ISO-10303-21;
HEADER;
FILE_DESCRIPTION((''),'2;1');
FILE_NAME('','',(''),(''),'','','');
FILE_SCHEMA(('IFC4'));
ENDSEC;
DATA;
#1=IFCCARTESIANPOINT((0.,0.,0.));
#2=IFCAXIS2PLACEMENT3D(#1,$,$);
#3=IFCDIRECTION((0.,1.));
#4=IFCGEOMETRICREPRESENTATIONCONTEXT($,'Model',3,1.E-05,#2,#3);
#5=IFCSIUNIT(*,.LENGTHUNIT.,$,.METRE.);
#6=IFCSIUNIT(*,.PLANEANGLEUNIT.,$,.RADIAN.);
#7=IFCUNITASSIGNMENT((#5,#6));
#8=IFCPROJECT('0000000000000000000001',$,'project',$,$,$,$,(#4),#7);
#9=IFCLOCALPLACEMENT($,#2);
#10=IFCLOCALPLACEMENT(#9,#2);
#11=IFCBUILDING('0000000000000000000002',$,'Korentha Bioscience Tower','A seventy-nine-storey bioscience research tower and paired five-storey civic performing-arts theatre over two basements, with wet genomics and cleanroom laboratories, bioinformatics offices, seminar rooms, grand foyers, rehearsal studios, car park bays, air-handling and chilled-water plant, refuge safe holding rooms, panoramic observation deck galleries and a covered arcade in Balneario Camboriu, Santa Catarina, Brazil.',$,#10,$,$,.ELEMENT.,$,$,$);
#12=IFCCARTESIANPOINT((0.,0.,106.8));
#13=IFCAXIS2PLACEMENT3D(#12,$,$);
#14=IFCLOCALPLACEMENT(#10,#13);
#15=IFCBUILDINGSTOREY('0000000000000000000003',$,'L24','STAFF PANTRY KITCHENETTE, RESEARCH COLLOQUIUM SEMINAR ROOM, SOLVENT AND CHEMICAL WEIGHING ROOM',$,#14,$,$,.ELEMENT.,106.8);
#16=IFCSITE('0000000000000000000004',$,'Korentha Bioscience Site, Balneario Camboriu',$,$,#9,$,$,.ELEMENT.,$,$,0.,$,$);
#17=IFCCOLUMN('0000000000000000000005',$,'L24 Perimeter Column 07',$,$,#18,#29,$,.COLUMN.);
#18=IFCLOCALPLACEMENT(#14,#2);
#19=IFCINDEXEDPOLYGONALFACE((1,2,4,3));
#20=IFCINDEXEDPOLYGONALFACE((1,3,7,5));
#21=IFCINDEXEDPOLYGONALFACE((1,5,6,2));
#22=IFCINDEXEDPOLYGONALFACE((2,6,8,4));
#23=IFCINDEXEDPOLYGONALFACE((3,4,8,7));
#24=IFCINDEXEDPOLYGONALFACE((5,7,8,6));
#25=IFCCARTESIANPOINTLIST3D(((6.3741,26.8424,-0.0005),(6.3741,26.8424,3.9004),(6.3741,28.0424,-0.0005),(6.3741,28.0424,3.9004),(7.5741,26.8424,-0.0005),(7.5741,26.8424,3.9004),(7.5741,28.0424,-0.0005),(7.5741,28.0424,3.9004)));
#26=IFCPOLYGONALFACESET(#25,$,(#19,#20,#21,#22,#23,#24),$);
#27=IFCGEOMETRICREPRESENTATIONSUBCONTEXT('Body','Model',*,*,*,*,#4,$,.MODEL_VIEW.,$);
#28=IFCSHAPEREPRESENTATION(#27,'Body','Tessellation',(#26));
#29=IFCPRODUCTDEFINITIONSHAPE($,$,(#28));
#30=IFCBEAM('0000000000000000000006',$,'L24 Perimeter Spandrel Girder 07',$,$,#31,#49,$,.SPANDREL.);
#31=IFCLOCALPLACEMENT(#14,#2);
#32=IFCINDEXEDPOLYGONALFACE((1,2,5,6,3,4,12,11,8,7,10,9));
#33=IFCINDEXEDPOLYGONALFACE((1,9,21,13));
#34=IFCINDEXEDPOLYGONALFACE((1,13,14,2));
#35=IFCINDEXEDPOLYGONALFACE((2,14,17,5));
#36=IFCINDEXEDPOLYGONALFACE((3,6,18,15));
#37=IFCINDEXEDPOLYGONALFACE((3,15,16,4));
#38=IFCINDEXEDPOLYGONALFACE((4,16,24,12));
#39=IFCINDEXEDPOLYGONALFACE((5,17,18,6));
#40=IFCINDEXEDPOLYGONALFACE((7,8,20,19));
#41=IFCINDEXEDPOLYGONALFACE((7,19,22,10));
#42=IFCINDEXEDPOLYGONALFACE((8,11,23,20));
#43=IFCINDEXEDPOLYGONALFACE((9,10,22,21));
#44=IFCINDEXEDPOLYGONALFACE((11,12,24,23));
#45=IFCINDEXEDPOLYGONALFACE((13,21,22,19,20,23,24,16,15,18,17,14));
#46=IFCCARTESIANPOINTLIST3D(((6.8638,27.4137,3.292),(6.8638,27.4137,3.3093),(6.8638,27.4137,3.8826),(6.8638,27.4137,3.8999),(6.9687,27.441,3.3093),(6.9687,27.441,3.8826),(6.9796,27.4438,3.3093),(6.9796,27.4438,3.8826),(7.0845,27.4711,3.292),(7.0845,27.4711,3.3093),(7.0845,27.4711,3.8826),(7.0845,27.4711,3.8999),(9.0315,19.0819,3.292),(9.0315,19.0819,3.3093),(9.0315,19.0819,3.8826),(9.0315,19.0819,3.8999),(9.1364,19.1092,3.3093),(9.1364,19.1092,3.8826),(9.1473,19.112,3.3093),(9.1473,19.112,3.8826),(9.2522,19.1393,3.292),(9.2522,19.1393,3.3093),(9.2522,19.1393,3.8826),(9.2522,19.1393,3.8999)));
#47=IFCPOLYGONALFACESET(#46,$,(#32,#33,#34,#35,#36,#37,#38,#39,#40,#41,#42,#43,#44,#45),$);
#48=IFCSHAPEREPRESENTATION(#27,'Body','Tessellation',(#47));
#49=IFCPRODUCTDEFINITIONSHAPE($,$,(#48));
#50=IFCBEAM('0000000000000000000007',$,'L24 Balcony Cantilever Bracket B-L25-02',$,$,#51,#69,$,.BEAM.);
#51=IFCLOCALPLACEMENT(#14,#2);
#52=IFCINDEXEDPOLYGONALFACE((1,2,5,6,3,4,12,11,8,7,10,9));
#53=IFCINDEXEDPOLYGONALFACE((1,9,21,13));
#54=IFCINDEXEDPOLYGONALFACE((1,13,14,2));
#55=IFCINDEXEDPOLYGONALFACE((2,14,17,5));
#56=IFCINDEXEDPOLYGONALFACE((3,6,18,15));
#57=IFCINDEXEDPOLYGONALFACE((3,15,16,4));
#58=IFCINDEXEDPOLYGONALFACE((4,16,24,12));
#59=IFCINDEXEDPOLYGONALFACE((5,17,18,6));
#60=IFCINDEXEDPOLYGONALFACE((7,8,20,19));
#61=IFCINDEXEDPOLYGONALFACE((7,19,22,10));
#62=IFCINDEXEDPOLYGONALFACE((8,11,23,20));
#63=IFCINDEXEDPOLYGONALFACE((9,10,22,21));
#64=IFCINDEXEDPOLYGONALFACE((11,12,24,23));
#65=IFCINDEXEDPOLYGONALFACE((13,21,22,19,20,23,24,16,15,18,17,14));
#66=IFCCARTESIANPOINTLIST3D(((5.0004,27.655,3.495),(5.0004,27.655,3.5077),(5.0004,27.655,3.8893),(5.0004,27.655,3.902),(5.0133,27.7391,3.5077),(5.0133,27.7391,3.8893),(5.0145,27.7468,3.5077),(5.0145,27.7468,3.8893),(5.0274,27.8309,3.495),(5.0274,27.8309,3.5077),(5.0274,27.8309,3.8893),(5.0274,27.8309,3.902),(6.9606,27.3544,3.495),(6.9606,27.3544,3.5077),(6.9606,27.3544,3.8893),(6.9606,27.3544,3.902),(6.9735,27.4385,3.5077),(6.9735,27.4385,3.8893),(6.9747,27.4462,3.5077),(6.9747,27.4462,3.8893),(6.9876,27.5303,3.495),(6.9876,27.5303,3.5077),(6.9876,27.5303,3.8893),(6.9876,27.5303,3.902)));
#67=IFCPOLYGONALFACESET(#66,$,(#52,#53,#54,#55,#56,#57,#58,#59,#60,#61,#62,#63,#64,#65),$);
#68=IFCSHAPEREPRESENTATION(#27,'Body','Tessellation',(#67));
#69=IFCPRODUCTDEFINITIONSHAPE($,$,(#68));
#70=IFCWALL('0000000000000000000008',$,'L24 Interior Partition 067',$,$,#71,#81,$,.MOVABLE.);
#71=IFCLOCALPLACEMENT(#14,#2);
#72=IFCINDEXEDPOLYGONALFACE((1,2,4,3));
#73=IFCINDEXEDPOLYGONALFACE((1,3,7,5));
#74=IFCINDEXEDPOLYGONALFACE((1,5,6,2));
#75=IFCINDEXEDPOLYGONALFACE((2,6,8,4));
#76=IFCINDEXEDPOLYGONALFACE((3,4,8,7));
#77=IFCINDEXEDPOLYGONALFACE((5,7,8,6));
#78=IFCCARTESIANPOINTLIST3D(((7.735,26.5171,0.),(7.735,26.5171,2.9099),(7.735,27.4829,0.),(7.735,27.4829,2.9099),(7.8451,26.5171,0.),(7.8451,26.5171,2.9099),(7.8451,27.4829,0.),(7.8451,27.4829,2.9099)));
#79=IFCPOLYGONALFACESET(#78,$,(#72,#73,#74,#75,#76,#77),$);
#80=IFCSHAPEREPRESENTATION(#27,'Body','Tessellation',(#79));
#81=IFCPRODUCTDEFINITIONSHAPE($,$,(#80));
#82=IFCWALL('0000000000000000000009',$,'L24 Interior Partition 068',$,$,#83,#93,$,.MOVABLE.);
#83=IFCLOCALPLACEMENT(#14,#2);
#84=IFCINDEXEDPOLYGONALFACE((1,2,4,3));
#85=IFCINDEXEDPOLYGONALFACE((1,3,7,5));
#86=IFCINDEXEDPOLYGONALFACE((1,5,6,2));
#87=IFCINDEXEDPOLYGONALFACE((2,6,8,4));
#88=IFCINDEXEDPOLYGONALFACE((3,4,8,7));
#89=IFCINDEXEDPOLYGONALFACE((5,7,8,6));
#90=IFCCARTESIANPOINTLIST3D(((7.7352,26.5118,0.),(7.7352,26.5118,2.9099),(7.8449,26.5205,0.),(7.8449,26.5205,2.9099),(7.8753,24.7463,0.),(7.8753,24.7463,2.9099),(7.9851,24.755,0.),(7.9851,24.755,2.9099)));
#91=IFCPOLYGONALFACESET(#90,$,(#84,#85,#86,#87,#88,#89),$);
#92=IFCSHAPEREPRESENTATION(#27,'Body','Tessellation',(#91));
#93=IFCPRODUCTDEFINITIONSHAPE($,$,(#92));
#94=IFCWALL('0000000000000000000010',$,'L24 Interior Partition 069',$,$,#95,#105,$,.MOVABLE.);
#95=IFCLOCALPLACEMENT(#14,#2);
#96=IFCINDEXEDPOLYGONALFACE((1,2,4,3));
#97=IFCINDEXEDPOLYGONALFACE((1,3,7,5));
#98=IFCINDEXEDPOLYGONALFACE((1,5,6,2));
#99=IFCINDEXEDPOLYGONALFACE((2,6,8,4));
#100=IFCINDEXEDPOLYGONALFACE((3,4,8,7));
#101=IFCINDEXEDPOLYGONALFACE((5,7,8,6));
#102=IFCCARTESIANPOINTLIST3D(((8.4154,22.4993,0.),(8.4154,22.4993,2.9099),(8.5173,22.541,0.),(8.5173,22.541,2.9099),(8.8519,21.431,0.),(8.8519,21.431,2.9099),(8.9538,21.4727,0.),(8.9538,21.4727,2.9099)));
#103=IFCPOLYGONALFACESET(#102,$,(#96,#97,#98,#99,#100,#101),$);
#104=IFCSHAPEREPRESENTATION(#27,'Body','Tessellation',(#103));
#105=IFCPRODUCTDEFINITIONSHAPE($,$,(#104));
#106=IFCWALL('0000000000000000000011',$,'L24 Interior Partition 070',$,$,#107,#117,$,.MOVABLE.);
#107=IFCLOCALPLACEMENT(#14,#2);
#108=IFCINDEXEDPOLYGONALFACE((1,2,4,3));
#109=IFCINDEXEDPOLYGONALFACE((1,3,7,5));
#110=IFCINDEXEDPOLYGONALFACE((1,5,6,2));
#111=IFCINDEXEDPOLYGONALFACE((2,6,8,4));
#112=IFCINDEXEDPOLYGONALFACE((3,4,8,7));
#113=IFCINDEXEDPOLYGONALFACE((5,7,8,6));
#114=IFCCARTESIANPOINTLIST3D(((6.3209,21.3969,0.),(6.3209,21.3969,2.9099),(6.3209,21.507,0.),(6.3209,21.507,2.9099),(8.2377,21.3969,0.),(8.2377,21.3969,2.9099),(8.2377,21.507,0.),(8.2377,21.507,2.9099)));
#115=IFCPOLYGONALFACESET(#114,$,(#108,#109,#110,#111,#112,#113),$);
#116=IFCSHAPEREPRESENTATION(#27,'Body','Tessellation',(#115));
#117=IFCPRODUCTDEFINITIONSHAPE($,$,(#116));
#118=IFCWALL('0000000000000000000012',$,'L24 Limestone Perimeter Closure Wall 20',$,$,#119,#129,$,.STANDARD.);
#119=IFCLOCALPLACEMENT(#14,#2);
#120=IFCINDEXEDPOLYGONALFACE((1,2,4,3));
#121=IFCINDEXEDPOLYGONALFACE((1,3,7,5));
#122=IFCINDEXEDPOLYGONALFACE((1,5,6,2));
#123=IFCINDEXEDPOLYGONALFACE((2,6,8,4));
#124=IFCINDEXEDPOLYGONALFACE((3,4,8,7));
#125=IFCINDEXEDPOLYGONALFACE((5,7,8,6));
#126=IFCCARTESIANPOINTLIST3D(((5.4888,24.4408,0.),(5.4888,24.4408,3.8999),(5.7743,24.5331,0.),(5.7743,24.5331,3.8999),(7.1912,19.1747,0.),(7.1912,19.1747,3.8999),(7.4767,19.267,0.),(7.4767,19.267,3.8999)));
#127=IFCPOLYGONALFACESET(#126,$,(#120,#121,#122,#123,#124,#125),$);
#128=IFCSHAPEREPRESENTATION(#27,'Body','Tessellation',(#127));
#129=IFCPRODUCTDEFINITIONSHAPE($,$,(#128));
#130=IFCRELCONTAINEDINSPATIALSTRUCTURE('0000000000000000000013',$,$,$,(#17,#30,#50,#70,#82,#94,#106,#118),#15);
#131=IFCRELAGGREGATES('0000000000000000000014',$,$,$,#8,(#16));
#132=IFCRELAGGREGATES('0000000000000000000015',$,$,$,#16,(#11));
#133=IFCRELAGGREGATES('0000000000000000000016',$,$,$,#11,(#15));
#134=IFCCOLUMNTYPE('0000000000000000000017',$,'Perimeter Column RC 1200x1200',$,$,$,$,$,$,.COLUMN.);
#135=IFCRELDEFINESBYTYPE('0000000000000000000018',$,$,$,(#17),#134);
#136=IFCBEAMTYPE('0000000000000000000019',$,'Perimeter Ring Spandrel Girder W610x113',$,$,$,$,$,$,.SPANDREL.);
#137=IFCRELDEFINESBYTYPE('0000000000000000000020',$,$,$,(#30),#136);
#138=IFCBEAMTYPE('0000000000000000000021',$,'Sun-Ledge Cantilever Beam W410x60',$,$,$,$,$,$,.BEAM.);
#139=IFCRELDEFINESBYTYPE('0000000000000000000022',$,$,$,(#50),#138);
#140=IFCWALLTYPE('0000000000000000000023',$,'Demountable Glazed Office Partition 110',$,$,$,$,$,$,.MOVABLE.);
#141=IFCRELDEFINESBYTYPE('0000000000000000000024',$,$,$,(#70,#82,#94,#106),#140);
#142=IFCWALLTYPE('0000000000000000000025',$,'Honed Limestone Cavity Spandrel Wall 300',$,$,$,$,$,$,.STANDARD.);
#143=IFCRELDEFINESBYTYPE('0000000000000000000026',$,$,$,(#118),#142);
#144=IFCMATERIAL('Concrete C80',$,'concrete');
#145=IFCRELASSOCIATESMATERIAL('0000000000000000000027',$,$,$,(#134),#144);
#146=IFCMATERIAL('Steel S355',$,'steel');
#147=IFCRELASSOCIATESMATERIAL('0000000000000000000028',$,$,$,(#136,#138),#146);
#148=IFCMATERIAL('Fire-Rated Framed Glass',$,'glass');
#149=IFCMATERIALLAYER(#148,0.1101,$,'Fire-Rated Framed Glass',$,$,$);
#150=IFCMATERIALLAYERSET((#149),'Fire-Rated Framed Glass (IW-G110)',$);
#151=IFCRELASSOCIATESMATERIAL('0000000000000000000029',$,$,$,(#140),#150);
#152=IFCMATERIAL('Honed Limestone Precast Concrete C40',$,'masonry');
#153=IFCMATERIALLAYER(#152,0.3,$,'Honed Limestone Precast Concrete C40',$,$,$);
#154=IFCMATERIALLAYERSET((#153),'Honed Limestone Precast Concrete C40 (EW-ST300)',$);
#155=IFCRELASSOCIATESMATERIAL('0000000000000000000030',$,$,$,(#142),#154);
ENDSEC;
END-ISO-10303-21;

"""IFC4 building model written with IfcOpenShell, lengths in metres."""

from ifc_helpers import new_model, si_unit, direction, frame, frame_2d, origin, origin_2d, place, context, subcontext, project, spatial, rectangle, i_section, extrude, material, layer, layer_set, material_profile, profile_set, type_object, element, save


model = new_model("IFC4")

# Units and contexts
model_context = context("Model", 3, precision=1e-05, world=origin(), true_north=direction((0.0, 1.0)))
body_context = subcontext(model_context, "Body", "Model", "MODEL_VIEW")
ifc_project = project(units=[si_unit("LENGTHUNIT", "METRE"), si_unit("PLANEANGLEUNIT", "RADIAN")], contexts=[model_context])

# Site, building, storey
site_placement = place(None, origin())
site = spatial("IfcSite", under=ifc_project, at=site_placement, Name="Korentha Bioscience Site, Balneario Camboriu", CompositionType="ELEMENT", RefElevation=0.0)
building_placement = place(site_placement, origin())
building = spatial("IfcBuilding", under=site, at=building_placement, Name="Korentha Bioscience Tower", Description="A seventy-nine-storey bioscience research tower and paired five-storey civic performing-arts theatre over two basements, with wet genomics and cleanroom laboratories, bioinformatics offices, seminar rooms, grand foyers, rehearsal studios, car park bays, air-handling and chilled-water plant, refuge safe holding rooms, panoramic observation deck galleries and a covered arcade in Balneario Camboriu, Santa Catarina, Brazil.", CompositionType="ELEMENT")
storey_placement = place(building_placement, frame((0.0, 0.0, 106.8)))
storey = spatial("IfcBuildingStorey", under=building, at=storey_placement, Name="L24", Description="STAFF PANTRY KITCHENETTE, RESEARCH COLLOQUIUM SEMINAR ROOM, SOLVENT AND CHEMICAL WEIGHING ROOM", CompositionType="ELEMENT", Elevation=106.8)

# Column
ifc_material_1 = material(Name="Concrete C80", Category="concrete")
ifc_material_profile_1 = material_profile(ifc_material_1, rectangle(XDim=1.2, YDim=1.2, at=origin_2d()), Name="Concrete C80")
ifc_profile_set_1 = profile_set([ifc_material_profile_1], Name="Concrete C80 (COL-P12)")
column_type = type_object("IfcColumnType", Name="Perimeter Column RC 1200x1200", PredefinedType="COLUMN", material=ifc_profile_set_1)
column_placement = place(storey_placement, frame((6.9741, 27.4424, -0.0005), z_axis=(0.0, 0.0, 1.0), x_axis=(0.0, 1.0, 0.0)))
element("IfcColumn", 1, at=column_placement, inside=storey, type_object=column_type, Name="L24 Perimeter Column 07", PredefinedType="COLUMN", context=body_context, shape_type="SweptSolid", body=[
    extrude(rectangle(XDim=1.2, YDim=1.2, at=origin_2d()), origin(), (0.0, 0.0, 1.0), 3.9009),
])

# Beams
ifc_material_2 = material(Name="Steel S355", Category="steel")
ifc_material_profile_2 = material_profile(ifc_material_2, i_section(OverallWidth=0.228, OverallDepth=0.6079, WebThickness=0.0112, FlangeThickness=0.0173, at=origin_2d()), Name="Steel S355")
ifc_profile_set_2 = profile_set([ifc_material_profile_2], Name="Steel S355 (SB-610)")
beam_type_1 = type_object("IfcBeamType", Name="Perimeter Ring Spandrel Girder W610x113", PredefinedType="SPANDREL", material=ifc_profile_set_2)
beam_1_placement = place(storey_placement, frame((6.9741, 27.4424, 3.5959), z_axis=(0.251793, -0.967781, 0.0), x_axis=(0.967781, 0.251793, 0.0)))
element("IfcBeam", 2, at=beam_1_placement, inside=storey, type_object=beam_type_1, Name="L24 Perimeter Spandrel Girder 07", PredefinedType="SPANDREL", context=body_context, shape_type="SweptSolid", body=[
    extrude(i_section(OverallWidth=0.228, OverallDepth=0.6079, WebThickness=0.0112, FlangeThickness=0.0173, at=origin_2d()), origin(), (0.0, 0.0, 1.0), 8.6091),
])
ifc_material_profile_3 = material_profile(ifc_material_2, i_section(OverallWidth=0.178, OverallDepth=0.407, WebThickness=0.0078, FlangeThickness=0.0127, at=origin_2d()), Name="Steel S355")
ifc_profile_set_3 = profile_set([ifc_material_profile_3], Name="Steel S355 (CB-410)")
beam_type_2 = type_object("IfcBeamType", Name="Sun-Ledge Cantilever Beam W410x60", PredefinedType="BEAM", material=ifc_profile_set_3)
beam_2_placement = place(storey_placement, frame((6.9741, 27.4424, 3.6985), z_axis=(-0.98845, 0.151548, 0.0), x_axis=(-0.151548, -0.98845, 0.0)))
element("IfcBeam", 3, at=beam_2_placement, inside=storey, type_object=beam_type_2, Name="L24 Balcony Cantilever Bracket B-L25-02", PredefinedType="BEAM", context=body_context, shape_type="SweptSolid", body=[
    extrude(i_section(OverallWidth=0.178, OverallDepth=0.407, WebThickness=0.0078, FlangeThickness=0.0127, at=origin_2d()), origin(), (0.0, 0.0, 1.0), 1.9832),
])

# Shared definitions
ifc_material_3 = material(Name="Fire-Rated Framed Glass", Category="glass")
ifc_layer_1 = layer(ifc_material_3, 0.1101, Name="Fire-Rated Framed Glass")
ifc_layer_set_1 = layer_set([ifc_layer_1], Name="Fire-Rated Framed Glass (IW-G110)")
wall_type_1 = type_object("IfcWallType", Name="Demountable Glazed Office Partition 110", PredefinedType="MOVABLE", material=ifc_layer_set_1)

# Walls
wall_1_placement = place(storey_placement, frame((7.79, 27.4829, 0.0), z_axis=(0.0, 0.0, 1.0), x_axis=(0.0, -1.0, 0.0)))
element("IfcWall", 4, at=wall_1_placement, inside=storey, type_object=wall_type_1, Name="L24 Interior Partition 067", PredefinedType="MOVABLE", context=body_context, shape_type="SweptSolid", body=[
    extrude(rectangle(XDim=0.9658, YDim=0.1101, at=frame_2d((0.4829, 0.0))), origin(), (0.0, 0.0, 1.0), 2.9099),
])
wall_2_placement = place(storey_placement, frame((7.79, 26.5161, 0.0), z_axis=(0.0, 0.0, 1.0), x_axis=(0.079132, -0.996864, 0.0)))
element("IfcWall", 5, at=wall_2_placement, inside=storey, type_object=wall_type_1, Name="L24 Interior Partition 068", PredefinedType="MOVABLE", context=body_context, shape_type="SweptSolid", body=[
    extrude(rectangle(XDim=1.771, YDim=0.1101, at=frame_2d((0.8855, 0.0))), origin(), (0.0, 0.0, 1.0), 2.9099),
])
wall_3_placement = place(storey_placement, frame((8.4663, 22.5203, 0.0), z_axis=(0.0, 0.0, 1.0), x_axis=(0.378237, -0.925709, 0.0)))
element("IfcWall", 6, at=wall_3_placement, inside=storey, type_object=wall_type_1, Name="L24 Interior Partition 069", PredefinedType="MOVABLE", context=body_context, shape_type="SweptSolid", body=[
    extrude(rectangle(XDim=1.1541, YDim=0.1101, at=frame_2d((0.5771, 0.0))), origin(), (0.0, 0.0, 1.0), 2.9099),
])
wall_4_placement = place(storey_placement, frame((8.2378, 21.4519, 0.0), z_axis=(0.0, 0.0, 1.0), x_axis=(-1.0, 0.0, 0.0)))
element("IfcWall", 7, at=wall_4_placement, inside=storey, type_object=wall_type_1, Name="L24 Interior Partition 070", PredefinedType="MOVABLE", context=body_context, shape_type="SweptSolid", body=[
    extrude(rectangle(XDim=1.9167, YDim=0.1101, at=frame_2d((0.9585, 0.0))), origin(), (0.0, 0.0, 1.0), 2.9099),
])

# Shared definitions
ifc_material_4 = material(Name="Honed Limestone Precast Concrete C40", Category="masonry")
ifc_layer_2 = layer(ifc_material_4, 0.3, Name="Honed Limestone Precast Concrete C40")
ifc_layer_set_2 = layer_set([ifc_layer_2], Name="Honed Limestone Precast Concrete C40 (EW-ST300)")
wall_type_2 = type_object("IfcWallType", Name="Honed Limestone Cavity Spandrel Wall 300", PredefinedType="STANDARD", material=ifc_layer_set_2)

# Wall
wall_5_placement = place(storey_placement, frame((5.6316, 24.4868, 0.0), z_axis=(0.0, 0.0, 1.0), x_axis=(0.307599, -0.951516, 0.0)))
element("IfcWall", 8, at=wall_5_placement, inside=storey, type_object=wall_type_2, Name="L24 Limestone Perimeter Closure Wall 20", PredefinedType="STANDARD", context=body_context, shape_type="SweptSolid", body=[
    extrude(rectangle(XDim=5.5344, YDim=0.3, at=frame_2d((2.7671, 0.0))), origin(), (0.0, 0.0, 1.0), 3.8999),
])

save(model, "model.ifc")
